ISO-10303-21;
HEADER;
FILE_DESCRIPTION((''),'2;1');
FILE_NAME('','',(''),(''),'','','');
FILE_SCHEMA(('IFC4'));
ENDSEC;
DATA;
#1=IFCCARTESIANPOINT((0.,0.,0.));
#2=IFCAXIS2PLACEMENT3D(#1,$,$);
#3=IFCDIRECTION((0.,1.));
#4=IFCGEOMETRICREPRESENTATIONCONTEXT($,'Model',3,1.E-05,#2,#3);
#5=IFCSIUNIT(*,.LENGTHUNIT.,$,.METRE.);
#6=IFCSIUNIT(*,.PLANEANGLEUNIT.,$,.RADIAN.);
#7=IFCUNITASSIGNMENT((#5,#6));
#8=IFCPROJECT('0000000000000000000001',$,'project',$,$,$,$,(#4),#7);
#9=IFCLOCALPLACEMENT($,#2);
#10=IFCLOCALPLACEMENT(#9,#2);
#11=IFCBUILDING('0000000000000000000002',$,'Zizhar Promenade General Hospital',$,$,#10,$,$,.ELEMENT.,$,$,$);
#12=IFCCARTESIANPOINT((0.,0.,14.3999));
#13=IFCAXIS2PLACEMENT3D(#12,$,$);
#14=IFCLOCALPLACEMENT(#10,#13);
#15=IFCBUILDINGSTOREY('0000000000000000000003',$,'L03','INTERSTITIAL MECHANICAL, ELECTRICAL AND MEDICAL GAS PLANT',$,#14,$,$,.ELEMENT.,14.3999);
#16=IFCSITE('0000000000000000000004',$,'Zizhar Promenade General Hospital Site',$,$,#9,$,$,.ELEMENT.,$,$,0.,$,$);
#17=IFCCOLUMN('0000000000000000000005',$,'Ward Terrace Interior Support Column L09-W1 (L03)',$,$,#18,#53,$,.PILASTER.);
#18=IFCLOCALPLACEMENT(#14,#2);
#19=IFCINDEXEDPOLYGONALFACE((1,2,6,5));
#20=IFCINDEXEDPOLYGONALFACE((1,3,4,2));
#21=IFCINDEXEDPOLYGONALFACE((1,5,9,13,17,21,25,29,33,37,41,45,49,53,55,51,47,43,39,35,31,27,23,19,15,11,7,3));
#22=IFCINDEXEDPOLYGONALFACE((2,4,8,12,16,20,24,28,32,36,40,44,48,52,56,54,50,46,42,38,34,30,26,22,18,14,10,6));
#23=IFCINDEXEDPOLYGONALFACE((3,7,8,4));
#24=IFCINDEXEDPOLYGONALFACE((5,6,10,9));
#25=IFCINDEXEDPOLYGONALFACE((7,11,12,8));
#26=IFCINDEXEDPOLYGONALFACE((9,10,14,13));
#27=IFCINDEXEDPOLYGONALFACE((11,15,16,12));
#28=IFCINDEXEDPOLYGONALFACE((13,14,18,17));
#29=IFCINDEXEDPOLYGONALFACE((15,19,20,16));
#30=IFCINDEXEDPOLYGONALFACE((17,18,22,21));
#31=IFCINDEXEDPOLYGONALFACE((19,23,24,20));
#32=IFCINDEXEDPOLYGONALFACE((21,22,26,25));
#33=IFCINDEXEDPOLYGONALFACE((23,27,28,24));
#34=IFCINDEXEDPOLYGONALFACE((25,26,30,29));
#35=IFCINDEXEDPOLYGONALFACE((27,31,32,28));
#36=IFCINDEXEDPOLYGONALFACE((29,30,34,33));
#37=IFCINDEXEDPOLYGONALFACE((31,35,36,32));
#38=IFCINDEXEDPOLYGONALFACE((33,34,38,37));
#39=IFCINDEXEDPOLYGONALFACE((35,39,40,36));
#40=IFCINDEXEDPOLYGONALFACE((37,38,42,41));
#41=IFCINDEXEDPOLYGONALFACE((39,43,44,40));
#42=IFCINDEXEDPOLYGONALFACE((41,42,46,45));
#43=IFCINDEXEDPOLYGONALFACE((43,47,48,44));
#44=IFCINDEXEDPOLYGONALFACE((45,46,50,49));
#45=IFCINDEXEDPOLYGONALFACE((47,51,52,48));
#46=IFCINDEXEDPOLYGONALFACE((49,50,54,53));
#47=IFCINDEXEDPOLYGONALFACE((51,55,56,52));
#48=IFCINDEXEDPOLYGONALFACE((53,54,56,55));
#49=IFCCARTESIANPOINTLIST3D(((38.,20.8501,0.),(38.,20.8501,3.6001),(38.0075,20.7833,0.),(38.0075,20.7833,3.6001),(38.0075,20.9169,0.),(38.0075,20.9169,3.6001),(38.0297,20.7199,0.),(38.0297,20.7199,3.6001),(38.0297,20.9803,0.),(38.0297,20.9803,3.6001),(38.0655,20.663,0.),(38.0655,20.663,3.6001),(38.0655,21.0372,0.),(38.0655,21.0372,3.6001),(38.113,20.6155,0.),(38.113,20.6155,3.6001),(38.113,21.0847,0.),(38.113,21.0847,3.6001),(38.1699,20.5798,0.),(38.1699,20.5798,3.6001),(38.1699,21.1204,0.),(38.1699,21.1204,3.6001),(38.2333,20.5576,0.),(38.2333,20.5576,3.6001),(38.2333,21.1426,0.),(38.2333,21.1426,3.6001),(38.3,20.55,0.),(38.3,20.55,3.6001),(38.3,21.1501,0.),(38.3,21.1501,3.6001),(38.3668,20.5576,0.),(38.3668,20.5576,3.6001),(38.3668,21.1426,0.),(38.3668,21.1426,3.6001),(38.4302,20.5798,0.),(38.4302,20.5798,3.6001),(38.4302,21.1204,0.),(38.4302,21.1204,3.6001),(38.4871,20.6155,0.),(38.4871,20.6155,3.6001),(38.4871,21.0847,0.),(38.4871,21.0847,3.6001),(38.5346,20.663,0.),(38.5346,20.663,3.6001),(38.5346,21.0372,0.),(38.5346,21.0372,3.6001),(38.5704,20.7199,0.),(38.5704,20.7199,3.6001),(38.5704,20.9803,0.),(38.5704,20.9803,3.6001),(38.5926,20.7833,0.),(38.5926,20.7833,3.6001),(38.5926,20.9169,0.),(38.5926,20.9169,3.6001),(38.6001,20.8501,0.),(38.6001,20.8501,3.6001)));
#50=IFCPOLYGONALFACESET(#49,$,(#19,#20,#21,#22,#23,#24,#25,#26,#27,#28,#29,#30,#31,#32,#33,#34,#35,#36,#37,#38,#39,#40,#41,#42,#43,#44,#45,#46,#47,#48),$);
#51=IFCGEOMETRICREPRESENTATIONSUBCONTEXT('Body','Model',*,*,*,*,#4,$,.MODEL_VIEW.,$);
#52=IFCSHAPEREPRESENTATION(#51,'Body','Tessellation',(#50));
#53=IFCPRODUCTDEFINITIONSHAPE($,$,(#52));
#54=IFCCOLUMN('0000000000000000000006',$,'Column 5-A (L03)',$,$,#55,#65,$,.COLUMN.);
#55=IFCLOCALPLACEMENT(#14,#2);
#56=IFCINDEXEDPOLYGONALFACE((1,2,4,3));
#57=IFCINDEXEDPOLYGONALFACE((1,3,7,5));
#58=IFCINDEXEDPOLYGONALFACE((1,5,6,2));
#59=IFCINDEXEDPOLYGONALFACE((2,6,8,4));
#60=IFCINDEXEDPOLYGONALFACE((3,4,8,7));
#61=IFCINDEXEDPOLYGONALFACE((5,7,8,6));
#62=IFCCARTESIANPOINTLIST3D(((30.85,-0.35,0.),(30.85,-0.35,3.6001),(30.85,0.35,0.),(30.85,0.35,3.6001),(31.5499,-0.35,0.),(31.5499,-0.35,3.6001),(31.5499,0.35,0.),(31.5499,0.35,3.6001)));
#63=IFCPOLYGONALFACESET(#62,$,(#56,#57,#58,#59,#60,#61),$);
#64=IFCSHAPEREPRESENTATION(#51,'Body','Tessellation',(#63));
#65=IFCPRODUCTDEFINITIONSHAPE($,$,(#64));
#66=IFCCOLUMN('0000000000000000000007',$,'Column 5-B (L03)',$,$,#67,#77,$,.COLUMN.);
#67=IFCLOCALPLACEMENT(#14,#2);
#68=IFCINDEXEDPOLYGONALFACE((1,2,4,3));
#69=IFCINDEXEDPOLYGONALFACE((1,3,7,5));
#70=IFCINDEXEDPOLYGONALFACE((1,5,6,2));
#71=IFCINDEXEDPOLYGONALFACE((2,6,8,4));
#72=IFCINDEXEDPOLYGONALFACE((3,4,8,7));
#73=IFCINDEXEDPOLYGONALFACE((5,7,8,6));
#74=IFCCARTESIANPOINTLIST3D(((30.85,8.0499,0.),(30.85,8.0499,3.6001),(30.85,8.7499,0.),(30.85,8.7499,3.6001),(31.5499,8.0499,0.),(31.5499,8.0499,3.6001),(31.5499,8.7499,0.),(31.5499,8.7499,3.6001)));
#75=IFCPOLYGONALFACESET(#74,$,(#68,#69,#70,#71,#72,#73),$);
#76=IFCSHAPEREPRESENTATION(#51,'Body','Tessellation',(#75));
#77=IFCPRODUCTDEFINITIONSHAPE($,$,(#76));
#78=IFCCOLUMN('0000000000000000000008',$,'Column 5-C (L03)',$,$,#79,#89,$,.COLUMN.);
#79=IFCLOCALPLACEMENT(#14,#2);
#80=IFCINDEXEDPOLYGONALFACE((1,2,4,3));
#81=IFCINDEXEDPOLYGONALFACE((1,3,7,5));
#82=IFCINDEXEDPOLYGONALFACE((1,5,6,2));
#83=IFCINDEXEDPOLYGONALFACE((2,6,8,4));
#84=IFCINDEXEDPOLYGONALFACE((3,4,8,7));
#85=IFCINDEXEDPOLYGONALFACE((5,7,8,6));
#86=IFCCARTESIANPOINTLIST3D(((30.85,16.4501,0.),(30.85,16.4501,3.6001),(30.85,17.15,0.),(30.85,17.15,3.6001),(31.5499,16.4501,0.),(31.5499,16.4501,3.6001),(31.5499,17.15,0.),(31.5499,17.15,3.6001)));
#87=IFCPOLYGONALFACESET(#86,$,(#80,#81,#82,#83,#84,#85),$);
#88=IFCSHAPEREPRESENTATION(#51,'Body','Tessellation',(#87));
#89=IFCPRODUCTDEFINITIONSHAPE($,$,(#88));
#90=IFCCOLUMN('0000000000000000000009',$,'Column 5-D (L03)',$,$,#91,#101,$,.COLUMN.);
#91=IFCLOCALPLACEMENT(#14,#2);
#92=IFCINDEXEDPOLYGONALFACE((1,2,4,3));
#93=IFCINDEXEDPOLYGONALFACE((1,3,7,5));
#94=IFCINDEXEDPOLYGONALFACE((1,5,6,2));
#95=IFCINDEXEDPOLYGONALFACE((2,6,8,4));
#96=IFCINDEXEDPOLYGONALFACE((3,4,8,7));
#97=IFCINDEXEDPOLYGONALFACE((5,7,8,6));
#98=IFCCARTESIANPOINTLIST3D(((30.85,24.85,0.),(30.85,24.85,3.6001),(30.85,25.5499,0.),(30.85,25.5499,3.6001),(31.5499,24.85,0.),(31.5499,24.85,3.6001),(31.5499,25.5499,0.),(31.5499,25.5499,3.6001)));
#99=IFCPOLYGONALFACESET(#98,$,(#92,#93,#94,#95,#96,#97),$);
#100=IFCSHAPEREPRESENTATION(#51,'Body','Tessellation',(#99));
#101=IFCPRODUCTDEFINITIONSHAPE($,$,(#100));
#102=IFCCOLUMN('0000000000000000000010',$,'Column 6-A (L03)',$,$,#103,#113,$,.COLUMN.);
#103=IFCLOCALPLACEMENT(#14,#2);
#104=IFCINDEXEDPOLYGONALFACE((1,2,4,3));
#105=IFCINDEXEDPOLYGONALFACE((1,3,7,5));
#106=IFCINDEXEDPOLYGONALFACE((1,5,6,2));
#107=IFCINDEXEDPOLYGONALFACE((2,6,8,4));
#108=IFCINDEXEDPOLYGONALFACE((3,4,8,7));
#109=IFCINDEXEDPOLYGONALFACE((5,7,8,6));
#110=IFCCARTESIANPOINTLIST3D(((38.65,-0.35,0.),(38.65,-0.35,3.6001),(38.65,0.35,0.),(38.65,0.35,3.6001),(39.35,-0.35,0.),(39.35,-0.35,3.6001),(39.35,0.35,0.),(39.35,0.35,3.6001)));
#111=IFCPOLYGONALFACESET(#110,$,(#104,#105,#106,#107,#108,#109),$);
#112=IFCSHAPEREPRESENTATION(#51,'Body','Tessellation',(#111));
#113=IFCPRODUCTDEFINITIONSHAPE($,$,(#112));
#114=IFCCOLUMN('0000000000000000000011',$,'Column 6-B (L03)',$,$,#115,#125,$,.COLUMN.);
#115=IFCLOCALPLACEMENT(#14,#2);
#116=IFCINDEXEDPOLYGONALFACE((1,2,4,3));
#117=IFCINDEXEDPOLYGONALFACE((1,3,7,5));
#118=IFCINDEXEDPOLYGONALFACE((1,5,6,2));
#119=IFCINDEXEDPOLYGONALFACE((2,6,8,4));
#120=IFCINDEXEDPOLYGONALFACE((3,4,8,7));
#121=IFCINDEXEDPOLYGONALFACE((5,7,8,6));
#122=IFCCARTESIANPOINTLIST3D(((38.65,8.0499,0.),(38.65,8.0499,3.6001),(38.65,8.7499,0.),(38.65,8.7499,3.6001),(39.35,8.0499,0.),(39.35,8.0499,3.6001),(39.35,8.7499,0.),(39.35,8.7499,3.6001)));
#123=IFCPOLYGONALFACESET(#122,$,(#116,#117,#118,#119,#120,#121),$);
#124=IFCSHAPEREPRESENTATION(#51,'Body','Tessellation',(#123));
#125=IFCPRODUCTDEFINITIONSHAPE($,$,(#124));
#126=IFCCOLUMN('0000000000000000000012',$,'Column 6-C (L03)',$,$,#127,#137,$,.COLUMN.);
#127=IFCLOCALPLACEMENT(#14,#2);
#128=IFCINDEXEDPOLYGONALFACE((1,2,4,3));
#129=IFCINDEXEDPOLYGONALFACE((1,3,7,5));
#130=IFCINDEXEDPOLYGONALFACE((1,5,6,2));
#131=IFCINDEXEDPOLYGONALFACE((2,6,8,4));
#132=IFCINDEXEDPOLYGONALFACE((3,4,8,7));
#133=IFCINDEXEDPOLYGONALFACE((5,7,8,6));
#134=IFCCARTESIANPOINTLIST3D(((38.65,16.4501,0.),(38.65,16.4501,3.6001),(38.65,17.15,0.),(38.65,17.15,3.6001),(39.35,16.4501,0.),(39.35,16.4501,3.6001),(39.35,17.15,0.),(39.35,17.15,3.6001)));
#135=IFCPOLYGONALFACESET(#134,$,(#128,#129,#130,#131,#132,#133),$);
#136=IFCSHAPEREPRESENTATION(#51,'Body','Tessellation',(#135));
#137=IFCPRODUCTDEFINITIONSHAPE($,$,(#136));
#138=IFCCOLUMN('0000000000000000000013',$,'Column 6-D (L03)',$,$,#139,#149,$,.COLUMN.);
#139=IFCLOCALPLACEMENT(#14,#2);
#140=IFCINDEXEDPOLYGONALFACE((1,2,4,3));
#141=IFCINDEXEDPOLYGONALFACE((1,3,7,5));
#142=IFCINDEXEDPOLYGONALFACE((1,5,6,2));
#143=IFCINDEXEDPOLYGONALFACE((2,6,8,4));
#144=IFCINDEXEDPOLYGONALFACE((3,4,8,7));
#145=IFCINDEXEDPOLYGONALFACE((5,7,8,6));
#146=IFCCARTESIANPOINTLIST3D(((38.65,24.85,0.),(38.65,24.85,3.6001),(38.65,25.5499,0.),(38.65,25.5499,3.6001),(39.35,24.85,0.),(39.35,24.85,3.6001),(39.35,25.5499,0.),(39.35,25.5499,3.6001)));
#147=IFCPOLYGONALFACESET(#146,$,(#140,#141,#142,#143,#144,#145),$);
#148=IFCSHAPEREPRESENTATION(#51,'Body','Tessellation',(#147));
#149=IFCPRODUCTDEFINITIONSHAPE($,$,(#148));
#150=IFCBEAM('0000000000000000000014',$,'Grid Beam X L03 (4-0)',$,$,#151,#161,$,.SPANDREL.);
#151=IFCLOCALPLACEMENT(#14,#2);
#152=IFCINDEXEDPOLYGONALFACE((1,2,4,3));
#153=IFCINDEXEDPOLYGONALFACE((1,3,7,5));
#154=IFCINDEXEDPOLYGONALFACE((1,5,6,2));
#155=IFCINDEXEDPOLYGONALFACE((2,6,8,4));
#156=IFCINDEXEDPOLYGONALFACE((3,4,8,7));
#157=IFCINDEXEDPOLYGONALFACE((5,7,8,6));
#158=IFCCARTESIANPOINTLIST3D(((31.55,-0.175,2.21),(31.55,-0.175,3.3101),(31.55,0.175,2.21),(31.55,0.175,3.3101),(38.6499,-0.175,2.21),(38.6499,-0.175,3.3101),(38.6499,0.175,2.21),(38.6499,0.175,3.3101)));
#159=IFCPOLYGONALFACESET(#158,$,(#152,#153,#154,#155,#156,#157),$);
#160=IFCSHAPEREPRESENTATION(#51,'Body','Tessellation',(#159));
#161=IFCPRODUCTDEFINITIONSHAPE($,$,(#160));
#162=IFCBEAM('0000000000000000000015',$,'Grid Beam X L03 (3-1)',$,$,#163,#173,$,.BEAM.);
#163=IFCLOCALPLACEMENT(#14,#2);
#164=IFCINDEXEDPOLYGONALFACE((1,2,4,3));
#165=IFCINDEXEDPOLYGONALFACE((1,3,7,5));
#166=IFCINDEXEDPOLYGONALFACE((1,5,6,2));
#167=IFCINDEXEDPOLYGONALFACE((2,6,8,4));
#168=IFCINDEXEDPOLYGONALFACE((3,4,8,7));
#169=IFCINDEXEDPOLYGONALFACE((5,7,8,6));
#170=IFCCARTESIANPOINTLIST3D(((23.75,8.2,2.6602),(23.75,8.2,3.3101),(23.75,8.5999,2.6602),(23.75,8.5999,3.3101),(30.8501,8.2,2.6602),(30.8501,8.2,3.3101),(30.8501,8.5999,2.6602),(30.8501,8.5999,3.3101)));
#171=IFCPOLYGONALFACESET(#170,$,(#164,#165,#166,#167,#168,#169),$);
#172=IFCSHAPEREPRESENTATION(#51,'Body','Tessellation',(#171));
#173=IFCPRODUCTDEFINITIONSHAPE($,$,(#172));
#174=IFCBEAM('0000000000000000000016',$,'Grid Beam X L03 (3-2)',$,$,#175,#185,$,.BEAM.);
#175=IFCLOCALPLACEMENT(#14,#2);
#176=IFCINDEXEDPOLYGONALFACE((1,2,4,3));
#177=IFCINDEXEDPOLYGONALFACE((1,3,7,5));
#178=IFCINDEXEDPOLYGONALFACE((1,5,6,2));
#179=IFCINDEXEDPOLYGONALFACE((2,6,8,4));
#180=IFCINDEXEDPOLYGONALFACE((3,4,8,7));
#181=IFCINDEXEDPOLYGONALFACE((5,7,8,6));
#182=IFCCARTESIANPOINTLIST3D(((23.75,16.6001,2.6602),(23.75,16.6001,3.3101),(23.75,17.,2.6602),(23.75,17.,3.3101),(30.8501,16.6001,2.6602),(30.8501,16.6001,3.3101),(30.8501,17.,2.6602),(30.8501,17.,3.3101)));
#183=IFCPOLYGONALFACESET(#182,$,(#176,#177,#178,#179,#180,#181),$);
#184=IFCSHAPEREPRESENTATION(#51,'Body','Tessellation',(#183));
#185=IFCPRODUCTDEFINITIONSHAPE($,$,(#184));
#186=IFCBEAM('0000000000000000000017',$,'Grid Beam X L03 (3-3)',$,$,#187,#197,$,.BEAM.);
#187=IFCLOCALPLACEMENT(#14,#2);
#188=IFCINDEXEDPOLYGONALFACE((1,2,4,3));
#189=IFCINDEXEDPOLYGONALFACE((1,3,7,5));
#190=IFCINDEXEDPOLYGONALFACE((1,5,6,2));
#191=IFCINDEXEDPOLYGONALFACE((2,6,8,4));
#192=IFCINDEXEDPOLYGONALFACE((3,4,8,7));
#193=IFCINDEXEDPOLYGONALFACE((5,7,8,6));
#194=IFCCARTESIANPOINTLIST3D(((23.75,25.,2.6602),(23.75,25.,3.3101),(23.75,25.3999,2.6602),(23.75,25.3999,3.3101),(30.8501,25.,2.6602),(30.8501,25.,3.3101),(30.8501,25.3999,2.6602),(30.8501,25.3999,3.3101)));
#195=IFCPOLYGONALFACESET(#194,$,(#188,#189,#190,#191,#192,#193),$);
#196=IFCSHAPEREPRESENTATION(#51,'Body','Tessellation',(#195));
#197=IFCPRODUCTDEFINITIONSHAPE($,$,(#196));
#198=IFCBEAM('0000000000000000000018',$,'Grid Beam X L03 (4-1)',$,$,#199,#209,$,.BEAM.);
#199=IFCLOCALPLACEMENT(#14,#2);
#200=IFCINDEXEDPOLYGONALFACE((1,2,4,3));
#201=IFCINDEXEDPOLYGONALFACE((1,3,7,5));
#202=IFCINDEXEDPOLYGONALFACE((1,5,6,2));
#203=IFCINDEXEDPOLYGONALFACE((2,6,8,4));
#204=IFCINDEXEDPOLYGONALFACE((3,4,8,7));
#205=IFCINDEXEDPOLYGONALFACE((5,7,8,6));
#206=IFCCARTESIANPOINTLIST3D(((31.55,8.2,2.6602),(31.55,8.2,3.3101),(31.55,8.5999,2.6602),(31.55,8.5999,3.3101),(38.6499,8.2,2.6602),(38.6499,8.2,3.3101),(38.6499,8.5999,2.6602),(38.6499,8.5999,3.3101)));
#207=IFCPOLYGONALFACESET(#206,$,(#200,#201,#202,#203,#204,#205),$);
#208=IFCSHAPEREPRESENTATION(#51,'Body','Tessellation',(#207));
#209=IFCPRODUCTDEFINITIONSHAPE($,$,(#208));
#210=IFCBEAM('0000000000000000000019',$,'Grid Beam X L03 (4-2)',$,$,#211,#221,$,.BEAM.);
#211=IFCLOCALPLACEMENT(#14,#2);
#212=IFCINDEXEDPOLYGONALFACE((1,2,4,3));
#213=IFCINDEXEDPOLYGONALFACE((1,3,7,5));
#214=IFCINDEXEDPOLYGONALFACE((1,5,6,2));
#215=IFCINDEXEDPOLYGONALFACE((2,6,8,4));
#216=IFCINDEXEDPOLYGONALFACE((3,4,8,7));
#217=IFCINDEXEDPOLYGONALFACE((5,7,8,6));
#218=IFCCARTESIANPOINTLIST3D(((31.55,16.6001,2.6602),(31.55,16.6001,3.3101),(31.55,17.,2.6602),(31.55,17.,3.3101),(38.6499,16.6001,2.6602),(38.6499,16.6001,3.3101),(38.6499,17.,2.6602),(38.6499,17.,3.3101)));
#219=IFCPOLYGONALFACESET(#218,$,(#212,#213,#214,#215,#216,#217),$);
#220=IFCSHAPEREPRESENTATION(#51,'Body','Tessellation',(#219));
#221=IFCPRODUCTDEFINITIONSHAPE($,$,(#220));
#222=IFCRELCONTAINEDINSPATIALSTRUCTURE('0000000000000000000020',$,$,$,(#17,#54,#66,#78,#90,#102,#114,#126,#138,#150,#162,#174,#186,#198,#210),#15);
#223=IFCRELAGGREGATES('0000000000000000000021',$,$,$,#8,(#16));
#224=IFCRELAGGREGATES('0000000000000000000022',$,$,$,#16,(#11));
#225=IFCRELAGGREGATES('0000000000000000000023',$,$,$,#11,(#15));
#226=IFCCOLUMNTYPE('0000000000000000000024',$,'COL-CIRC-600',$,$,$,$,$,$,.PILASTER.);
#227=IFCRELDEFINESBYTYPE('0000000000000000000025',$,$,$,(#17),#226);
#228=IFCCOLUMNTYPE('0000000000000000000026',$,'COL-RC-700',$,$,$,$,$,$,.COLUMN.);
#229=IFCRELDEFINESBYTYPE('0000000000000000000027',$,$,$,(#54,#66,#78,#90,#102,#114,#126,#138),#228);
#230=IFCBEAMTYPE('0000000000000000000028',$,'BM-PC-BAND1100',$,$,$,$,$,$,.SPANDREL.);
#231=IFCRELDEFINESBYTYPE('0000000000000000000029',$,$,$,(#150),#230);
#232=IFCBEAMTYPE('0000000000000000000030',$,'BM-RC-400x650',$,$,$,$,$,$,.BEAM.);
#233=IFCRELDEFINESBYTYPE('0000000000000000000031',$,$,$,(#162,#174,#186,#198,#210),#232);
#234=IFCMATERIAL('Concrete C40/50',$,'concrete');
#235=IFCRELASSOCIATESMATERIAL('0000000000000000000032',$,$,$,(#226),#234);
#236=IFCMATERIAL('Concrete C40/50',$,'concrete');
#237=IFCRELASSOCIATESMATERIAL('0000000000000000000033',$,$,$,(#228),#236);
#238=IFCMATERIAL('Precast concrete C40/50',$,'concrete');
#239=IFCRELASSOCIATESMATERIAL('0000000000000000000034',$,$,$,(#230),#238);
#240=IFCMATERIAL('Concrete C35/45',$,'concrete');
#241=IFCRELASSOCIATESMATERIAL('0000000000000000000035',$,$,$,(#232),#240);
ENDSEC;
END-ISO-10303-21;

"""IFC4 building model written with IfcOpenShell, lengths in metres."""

from ifc_helpers import new_model, si_unit, direction, frame, origin, origin_2d, place, context, subcontext, project, spatial, rectangle, circle, extrude, material, material_profile, profile_set, type_object, element, save


model = new_model("IFC4")

# Units and contexts
model_context = context("Model", 3, precision=1e-05, world=origin(), true_north=direction((0.0, 1.0)))
body_context = subcontext(model_context, "Body", "Model", "MODEL_VIEW")
ifc_project = project(units=[si_unit("LENGTHUNIT", "METRE"), si_unit("PLANEANGLEUNIT", "RADIAN")], contexts=[model_context])

# Site, building, storey
site_placement = place(None, origin())
site = spatial("IfcSite", under=ifc_project, at=site_placement, Name="Zizhar Promenade General Hospital Site", CompositionType="ELEMENT", RefElevation=0.0)
building_placement = place(site_placement, origin())
building = spatial("IfcBuilding", under=site, at=building_placement, Name="Zizhar Promenade General Hospital", CompositionType="ELEMENT")
storey_placement = place(building_placement, frame((0.0, 0.0, 14.3999)))
storey = spatial("IfcBuildingStorey", under=building, at=storey_placement, Name="L03", Description="INTERSTITIAL MECHANICAL, ELECTRICAL AND MEDICAL GAS PLANT", CompositionType="ELEMENT", Elevation=14.3999)

# Columns
ifc_material_1 = material(Name="Concrete C40/50", Category="concrete")
ifc_material_profile_1 = material_profile(ifc_material_1, circle(Radius=0.3, at=origin_2d()))
ifc_profile_set_1 = profile_set([ifc_material_profile_1], Name="Concrete C40/50")
column_type_1 = type_object("IfcColumnType", Name="COL-CIRC-600", PredefinedType="PILASTER", material=ifc_profile_set_1)
for number, where, z_axis, x_axis, name in (
    (1, (38.3, 20.8501, 0.0), (0.0, 0.0, 1.0), (1.0, 0.0, 0.0), "Ward Terrace Interior Support Column L09-W1 (L03)"),
):
    element("IfcColumn", number, at=place(storey_placement, frame(where, z_axis=z_axis, x_axis=x_axis)), inside=storey, type_object=column_type_1, Name=name, PredefinedType="PILASTER", context=body_context, shape_type="SweptSolid", body=[
        extrude(circle(Radius=0.3, at=origin_2d()), origin(), (0.0, 0.0, 1.0), 3.6001),
    ])
ifc_material_2 = material(Name="Concrete C40/50", Category="concrete")
ifc_material_profile_2 = material_profile(ifc_material_2, rectangle(XDim=0.7, YDim=0.7, at=origin_2d()))
ifc_profile_set_2 = profile_set([ifc_material_profile_2], Name="Concrete C40/50")
column_type_2 = type_object("IfcColumnType", Name="COL-RC-700", PredefinedType="COLUMN", material=ifc_profile_set_2)
for number, where, z_axis, x_axis, name in (
    (2, (31.2, 0.0, 0.0), (0.0, 0.0, 1.0), (1.0, 0.0, 0.0), "Column 5-A (L03)"),
    (3, (31.2, 8.3999, 0.0), (0.0, 0.0, 1.0), (1.0, 0.0, 0.0), "Column 5-B (L03)"),
    (4, (31.2, 16.8, 0.0), (0.0, 0.0, 1.0), (1.0, 0.0, 0.0), "Column 5-C (L03)"),
    (5, (31.2, 25.2, 0.0), (0.0, 0.0, 1.0), (1.0, 0.0, 0.0), "Column 5-D (L03)"),
    (6, (39.0, 0.0, 0.0), (0.0, 0.0, 1.0), (1.0, 0.0, 0.0), "Column 6-A (L03)"),
    (7, (39.0, 8.3999, 0.0), (0.0, 0.0, 1.0), (1.0, 0.0, 0.0), "Column 6-B (L03)"),
    (8, (39.0, 16.8, 0.0), (0.0, 0.0, 1.0), (1.0, 0.0, 0.0), "Column 6-C (L03)"),
    (9, (39.0, 25.2, 0.0), (0.0, 0.0, 1.0), (1.0, 0.0, 0.0), "Column 6-D (L03)"),
):
    element("IfcColumn", number, at=place(storey_placement, frame(where, z_axis=z_axis, x_axis=x_axis)), inside=storey, type_object=column_type_2, Name=name, PredefinedType="COLUMN", context=body_context, shape_type="SweptSolid", body=[
        extrude(rectangle(XDim=0.7, YDim=0.7, at=origin_2d()), origin(), (0.0, 0.0, 1.0), 3.6001),
    ])

# Beams
ifc_material_3 = material(Name="Precast concrete C40/50", Category="concrete")
ifc_material_profile_3 = material_profile(ifc_material_3, rectangle(XDim=0.3501, YDim=1.1001, at=origin_2d()))
ifc_profile_set_3 = profile_set([ifc_material_profile_3], Name="Precast concrete C40/50")
beam_type_1 = type_object("IfcBeamType", Name="BM-PC-BAND1100", PredefinedType="SPANDREL", material=ifc_profile_set_3)
beam_1_placement = place(storey_placement, frame((31.55, 0.0, 2.76), z_axis=(1.0, 0.0, 0.0), x_axis=(0.0, 1.0, 0.0)))
element("IfcBeam", 10, at=beam_1_placement, inside=storey, type_object=beam_type_1, Name="Grid Beam X L03 (4-0)", PredefinedType="SPANDREL", context=body_context, shape_type="SweptSolid", body=[
    extrude(rectangle(XDim=0.3501, YDim=1.1001, at=origin_2d()), origin(), (0.0, 0.0, 1.0), 7.0999),
])
ifc_material_4 = material(Name="Concrete C35/45", Category="concrete")
ifc_material_profile_4 = material_profile(ifc_material_4, rectangle(XDim=0.3999, YDim=0.6499, at=origin_2d()))
ifc_profile_set_4 = profile_set([ifc_material_profile_4], Name="Concrete C35/45")
beam_type_2 = type_object("IfcBeamType", Name="BM-RC-400x650", PredefinedType="BEAM", material=ifc_profile_set_4)
for number, where, z_axis, x_axis, name in (
    (11, (23.75, 8.3999, 2.9851), (1.0, 0.0, 0.0), (0.0, 1.0, 0.0), "Grid Beam X L03 (3-1)"),
    (12, (23.75, 16.8, 2.9851), (1.0, 0.0, 0.0), (0.0, 1.0, 0.0), "Grid Beam X L03 (3-2)"),
    (13, (23.75, 25.2, 2.9851), (1.0, 0.0, 0.0), (0.0, 1.0, 0.0), "Grid Beam X L03 (3-3)"),
):
    element("IfcBeam", number, at=place(storey_placement, frame(where, z_axis=z_axis, x_axis=x_axis)), inside=storey, type_object=beam_type_2, Name=name, PredefinedType="BEAM", context=body_context, shape_type="SweptSolid", body=[
        extrude(rectangle(XDim=0.3999, YDim=0.6499, at=origin_2d()), origin(), (0.0, 0.0, 1.0), 7.1001),
    ])
for number, where, z_axis, x_axis, name in (
    (14, (31.55, 8.3999, 2.9851), (1.0, 0.0, 0.0), (0.0, 1.0, 0.0), "Grid Beam X L03 (4-1)"),
    (15, (31.55, 16.8, 2.9851), (1.0, 0.0, 0.0), (0.0, 1.0, 0.0), "Grid Beam X L03 (4-2)"),
):
    element("IfcBeam", number, at=place(storey_placement, frame(where, z_axis=z_axis, x_axis=x_axis)), inside=storey, type_object=beam_type_2, Name=name, PredefinedType="BEAM", context=body_context, shape_type="SweptSolid", body=[
        extrude(rectangle(XDim=0.3999, YDim=0.6499, at=origin_2d()), origin(), (0.0, 0.0, 1.0), 7.0999),
    ])

save(model, "model.ifc")
